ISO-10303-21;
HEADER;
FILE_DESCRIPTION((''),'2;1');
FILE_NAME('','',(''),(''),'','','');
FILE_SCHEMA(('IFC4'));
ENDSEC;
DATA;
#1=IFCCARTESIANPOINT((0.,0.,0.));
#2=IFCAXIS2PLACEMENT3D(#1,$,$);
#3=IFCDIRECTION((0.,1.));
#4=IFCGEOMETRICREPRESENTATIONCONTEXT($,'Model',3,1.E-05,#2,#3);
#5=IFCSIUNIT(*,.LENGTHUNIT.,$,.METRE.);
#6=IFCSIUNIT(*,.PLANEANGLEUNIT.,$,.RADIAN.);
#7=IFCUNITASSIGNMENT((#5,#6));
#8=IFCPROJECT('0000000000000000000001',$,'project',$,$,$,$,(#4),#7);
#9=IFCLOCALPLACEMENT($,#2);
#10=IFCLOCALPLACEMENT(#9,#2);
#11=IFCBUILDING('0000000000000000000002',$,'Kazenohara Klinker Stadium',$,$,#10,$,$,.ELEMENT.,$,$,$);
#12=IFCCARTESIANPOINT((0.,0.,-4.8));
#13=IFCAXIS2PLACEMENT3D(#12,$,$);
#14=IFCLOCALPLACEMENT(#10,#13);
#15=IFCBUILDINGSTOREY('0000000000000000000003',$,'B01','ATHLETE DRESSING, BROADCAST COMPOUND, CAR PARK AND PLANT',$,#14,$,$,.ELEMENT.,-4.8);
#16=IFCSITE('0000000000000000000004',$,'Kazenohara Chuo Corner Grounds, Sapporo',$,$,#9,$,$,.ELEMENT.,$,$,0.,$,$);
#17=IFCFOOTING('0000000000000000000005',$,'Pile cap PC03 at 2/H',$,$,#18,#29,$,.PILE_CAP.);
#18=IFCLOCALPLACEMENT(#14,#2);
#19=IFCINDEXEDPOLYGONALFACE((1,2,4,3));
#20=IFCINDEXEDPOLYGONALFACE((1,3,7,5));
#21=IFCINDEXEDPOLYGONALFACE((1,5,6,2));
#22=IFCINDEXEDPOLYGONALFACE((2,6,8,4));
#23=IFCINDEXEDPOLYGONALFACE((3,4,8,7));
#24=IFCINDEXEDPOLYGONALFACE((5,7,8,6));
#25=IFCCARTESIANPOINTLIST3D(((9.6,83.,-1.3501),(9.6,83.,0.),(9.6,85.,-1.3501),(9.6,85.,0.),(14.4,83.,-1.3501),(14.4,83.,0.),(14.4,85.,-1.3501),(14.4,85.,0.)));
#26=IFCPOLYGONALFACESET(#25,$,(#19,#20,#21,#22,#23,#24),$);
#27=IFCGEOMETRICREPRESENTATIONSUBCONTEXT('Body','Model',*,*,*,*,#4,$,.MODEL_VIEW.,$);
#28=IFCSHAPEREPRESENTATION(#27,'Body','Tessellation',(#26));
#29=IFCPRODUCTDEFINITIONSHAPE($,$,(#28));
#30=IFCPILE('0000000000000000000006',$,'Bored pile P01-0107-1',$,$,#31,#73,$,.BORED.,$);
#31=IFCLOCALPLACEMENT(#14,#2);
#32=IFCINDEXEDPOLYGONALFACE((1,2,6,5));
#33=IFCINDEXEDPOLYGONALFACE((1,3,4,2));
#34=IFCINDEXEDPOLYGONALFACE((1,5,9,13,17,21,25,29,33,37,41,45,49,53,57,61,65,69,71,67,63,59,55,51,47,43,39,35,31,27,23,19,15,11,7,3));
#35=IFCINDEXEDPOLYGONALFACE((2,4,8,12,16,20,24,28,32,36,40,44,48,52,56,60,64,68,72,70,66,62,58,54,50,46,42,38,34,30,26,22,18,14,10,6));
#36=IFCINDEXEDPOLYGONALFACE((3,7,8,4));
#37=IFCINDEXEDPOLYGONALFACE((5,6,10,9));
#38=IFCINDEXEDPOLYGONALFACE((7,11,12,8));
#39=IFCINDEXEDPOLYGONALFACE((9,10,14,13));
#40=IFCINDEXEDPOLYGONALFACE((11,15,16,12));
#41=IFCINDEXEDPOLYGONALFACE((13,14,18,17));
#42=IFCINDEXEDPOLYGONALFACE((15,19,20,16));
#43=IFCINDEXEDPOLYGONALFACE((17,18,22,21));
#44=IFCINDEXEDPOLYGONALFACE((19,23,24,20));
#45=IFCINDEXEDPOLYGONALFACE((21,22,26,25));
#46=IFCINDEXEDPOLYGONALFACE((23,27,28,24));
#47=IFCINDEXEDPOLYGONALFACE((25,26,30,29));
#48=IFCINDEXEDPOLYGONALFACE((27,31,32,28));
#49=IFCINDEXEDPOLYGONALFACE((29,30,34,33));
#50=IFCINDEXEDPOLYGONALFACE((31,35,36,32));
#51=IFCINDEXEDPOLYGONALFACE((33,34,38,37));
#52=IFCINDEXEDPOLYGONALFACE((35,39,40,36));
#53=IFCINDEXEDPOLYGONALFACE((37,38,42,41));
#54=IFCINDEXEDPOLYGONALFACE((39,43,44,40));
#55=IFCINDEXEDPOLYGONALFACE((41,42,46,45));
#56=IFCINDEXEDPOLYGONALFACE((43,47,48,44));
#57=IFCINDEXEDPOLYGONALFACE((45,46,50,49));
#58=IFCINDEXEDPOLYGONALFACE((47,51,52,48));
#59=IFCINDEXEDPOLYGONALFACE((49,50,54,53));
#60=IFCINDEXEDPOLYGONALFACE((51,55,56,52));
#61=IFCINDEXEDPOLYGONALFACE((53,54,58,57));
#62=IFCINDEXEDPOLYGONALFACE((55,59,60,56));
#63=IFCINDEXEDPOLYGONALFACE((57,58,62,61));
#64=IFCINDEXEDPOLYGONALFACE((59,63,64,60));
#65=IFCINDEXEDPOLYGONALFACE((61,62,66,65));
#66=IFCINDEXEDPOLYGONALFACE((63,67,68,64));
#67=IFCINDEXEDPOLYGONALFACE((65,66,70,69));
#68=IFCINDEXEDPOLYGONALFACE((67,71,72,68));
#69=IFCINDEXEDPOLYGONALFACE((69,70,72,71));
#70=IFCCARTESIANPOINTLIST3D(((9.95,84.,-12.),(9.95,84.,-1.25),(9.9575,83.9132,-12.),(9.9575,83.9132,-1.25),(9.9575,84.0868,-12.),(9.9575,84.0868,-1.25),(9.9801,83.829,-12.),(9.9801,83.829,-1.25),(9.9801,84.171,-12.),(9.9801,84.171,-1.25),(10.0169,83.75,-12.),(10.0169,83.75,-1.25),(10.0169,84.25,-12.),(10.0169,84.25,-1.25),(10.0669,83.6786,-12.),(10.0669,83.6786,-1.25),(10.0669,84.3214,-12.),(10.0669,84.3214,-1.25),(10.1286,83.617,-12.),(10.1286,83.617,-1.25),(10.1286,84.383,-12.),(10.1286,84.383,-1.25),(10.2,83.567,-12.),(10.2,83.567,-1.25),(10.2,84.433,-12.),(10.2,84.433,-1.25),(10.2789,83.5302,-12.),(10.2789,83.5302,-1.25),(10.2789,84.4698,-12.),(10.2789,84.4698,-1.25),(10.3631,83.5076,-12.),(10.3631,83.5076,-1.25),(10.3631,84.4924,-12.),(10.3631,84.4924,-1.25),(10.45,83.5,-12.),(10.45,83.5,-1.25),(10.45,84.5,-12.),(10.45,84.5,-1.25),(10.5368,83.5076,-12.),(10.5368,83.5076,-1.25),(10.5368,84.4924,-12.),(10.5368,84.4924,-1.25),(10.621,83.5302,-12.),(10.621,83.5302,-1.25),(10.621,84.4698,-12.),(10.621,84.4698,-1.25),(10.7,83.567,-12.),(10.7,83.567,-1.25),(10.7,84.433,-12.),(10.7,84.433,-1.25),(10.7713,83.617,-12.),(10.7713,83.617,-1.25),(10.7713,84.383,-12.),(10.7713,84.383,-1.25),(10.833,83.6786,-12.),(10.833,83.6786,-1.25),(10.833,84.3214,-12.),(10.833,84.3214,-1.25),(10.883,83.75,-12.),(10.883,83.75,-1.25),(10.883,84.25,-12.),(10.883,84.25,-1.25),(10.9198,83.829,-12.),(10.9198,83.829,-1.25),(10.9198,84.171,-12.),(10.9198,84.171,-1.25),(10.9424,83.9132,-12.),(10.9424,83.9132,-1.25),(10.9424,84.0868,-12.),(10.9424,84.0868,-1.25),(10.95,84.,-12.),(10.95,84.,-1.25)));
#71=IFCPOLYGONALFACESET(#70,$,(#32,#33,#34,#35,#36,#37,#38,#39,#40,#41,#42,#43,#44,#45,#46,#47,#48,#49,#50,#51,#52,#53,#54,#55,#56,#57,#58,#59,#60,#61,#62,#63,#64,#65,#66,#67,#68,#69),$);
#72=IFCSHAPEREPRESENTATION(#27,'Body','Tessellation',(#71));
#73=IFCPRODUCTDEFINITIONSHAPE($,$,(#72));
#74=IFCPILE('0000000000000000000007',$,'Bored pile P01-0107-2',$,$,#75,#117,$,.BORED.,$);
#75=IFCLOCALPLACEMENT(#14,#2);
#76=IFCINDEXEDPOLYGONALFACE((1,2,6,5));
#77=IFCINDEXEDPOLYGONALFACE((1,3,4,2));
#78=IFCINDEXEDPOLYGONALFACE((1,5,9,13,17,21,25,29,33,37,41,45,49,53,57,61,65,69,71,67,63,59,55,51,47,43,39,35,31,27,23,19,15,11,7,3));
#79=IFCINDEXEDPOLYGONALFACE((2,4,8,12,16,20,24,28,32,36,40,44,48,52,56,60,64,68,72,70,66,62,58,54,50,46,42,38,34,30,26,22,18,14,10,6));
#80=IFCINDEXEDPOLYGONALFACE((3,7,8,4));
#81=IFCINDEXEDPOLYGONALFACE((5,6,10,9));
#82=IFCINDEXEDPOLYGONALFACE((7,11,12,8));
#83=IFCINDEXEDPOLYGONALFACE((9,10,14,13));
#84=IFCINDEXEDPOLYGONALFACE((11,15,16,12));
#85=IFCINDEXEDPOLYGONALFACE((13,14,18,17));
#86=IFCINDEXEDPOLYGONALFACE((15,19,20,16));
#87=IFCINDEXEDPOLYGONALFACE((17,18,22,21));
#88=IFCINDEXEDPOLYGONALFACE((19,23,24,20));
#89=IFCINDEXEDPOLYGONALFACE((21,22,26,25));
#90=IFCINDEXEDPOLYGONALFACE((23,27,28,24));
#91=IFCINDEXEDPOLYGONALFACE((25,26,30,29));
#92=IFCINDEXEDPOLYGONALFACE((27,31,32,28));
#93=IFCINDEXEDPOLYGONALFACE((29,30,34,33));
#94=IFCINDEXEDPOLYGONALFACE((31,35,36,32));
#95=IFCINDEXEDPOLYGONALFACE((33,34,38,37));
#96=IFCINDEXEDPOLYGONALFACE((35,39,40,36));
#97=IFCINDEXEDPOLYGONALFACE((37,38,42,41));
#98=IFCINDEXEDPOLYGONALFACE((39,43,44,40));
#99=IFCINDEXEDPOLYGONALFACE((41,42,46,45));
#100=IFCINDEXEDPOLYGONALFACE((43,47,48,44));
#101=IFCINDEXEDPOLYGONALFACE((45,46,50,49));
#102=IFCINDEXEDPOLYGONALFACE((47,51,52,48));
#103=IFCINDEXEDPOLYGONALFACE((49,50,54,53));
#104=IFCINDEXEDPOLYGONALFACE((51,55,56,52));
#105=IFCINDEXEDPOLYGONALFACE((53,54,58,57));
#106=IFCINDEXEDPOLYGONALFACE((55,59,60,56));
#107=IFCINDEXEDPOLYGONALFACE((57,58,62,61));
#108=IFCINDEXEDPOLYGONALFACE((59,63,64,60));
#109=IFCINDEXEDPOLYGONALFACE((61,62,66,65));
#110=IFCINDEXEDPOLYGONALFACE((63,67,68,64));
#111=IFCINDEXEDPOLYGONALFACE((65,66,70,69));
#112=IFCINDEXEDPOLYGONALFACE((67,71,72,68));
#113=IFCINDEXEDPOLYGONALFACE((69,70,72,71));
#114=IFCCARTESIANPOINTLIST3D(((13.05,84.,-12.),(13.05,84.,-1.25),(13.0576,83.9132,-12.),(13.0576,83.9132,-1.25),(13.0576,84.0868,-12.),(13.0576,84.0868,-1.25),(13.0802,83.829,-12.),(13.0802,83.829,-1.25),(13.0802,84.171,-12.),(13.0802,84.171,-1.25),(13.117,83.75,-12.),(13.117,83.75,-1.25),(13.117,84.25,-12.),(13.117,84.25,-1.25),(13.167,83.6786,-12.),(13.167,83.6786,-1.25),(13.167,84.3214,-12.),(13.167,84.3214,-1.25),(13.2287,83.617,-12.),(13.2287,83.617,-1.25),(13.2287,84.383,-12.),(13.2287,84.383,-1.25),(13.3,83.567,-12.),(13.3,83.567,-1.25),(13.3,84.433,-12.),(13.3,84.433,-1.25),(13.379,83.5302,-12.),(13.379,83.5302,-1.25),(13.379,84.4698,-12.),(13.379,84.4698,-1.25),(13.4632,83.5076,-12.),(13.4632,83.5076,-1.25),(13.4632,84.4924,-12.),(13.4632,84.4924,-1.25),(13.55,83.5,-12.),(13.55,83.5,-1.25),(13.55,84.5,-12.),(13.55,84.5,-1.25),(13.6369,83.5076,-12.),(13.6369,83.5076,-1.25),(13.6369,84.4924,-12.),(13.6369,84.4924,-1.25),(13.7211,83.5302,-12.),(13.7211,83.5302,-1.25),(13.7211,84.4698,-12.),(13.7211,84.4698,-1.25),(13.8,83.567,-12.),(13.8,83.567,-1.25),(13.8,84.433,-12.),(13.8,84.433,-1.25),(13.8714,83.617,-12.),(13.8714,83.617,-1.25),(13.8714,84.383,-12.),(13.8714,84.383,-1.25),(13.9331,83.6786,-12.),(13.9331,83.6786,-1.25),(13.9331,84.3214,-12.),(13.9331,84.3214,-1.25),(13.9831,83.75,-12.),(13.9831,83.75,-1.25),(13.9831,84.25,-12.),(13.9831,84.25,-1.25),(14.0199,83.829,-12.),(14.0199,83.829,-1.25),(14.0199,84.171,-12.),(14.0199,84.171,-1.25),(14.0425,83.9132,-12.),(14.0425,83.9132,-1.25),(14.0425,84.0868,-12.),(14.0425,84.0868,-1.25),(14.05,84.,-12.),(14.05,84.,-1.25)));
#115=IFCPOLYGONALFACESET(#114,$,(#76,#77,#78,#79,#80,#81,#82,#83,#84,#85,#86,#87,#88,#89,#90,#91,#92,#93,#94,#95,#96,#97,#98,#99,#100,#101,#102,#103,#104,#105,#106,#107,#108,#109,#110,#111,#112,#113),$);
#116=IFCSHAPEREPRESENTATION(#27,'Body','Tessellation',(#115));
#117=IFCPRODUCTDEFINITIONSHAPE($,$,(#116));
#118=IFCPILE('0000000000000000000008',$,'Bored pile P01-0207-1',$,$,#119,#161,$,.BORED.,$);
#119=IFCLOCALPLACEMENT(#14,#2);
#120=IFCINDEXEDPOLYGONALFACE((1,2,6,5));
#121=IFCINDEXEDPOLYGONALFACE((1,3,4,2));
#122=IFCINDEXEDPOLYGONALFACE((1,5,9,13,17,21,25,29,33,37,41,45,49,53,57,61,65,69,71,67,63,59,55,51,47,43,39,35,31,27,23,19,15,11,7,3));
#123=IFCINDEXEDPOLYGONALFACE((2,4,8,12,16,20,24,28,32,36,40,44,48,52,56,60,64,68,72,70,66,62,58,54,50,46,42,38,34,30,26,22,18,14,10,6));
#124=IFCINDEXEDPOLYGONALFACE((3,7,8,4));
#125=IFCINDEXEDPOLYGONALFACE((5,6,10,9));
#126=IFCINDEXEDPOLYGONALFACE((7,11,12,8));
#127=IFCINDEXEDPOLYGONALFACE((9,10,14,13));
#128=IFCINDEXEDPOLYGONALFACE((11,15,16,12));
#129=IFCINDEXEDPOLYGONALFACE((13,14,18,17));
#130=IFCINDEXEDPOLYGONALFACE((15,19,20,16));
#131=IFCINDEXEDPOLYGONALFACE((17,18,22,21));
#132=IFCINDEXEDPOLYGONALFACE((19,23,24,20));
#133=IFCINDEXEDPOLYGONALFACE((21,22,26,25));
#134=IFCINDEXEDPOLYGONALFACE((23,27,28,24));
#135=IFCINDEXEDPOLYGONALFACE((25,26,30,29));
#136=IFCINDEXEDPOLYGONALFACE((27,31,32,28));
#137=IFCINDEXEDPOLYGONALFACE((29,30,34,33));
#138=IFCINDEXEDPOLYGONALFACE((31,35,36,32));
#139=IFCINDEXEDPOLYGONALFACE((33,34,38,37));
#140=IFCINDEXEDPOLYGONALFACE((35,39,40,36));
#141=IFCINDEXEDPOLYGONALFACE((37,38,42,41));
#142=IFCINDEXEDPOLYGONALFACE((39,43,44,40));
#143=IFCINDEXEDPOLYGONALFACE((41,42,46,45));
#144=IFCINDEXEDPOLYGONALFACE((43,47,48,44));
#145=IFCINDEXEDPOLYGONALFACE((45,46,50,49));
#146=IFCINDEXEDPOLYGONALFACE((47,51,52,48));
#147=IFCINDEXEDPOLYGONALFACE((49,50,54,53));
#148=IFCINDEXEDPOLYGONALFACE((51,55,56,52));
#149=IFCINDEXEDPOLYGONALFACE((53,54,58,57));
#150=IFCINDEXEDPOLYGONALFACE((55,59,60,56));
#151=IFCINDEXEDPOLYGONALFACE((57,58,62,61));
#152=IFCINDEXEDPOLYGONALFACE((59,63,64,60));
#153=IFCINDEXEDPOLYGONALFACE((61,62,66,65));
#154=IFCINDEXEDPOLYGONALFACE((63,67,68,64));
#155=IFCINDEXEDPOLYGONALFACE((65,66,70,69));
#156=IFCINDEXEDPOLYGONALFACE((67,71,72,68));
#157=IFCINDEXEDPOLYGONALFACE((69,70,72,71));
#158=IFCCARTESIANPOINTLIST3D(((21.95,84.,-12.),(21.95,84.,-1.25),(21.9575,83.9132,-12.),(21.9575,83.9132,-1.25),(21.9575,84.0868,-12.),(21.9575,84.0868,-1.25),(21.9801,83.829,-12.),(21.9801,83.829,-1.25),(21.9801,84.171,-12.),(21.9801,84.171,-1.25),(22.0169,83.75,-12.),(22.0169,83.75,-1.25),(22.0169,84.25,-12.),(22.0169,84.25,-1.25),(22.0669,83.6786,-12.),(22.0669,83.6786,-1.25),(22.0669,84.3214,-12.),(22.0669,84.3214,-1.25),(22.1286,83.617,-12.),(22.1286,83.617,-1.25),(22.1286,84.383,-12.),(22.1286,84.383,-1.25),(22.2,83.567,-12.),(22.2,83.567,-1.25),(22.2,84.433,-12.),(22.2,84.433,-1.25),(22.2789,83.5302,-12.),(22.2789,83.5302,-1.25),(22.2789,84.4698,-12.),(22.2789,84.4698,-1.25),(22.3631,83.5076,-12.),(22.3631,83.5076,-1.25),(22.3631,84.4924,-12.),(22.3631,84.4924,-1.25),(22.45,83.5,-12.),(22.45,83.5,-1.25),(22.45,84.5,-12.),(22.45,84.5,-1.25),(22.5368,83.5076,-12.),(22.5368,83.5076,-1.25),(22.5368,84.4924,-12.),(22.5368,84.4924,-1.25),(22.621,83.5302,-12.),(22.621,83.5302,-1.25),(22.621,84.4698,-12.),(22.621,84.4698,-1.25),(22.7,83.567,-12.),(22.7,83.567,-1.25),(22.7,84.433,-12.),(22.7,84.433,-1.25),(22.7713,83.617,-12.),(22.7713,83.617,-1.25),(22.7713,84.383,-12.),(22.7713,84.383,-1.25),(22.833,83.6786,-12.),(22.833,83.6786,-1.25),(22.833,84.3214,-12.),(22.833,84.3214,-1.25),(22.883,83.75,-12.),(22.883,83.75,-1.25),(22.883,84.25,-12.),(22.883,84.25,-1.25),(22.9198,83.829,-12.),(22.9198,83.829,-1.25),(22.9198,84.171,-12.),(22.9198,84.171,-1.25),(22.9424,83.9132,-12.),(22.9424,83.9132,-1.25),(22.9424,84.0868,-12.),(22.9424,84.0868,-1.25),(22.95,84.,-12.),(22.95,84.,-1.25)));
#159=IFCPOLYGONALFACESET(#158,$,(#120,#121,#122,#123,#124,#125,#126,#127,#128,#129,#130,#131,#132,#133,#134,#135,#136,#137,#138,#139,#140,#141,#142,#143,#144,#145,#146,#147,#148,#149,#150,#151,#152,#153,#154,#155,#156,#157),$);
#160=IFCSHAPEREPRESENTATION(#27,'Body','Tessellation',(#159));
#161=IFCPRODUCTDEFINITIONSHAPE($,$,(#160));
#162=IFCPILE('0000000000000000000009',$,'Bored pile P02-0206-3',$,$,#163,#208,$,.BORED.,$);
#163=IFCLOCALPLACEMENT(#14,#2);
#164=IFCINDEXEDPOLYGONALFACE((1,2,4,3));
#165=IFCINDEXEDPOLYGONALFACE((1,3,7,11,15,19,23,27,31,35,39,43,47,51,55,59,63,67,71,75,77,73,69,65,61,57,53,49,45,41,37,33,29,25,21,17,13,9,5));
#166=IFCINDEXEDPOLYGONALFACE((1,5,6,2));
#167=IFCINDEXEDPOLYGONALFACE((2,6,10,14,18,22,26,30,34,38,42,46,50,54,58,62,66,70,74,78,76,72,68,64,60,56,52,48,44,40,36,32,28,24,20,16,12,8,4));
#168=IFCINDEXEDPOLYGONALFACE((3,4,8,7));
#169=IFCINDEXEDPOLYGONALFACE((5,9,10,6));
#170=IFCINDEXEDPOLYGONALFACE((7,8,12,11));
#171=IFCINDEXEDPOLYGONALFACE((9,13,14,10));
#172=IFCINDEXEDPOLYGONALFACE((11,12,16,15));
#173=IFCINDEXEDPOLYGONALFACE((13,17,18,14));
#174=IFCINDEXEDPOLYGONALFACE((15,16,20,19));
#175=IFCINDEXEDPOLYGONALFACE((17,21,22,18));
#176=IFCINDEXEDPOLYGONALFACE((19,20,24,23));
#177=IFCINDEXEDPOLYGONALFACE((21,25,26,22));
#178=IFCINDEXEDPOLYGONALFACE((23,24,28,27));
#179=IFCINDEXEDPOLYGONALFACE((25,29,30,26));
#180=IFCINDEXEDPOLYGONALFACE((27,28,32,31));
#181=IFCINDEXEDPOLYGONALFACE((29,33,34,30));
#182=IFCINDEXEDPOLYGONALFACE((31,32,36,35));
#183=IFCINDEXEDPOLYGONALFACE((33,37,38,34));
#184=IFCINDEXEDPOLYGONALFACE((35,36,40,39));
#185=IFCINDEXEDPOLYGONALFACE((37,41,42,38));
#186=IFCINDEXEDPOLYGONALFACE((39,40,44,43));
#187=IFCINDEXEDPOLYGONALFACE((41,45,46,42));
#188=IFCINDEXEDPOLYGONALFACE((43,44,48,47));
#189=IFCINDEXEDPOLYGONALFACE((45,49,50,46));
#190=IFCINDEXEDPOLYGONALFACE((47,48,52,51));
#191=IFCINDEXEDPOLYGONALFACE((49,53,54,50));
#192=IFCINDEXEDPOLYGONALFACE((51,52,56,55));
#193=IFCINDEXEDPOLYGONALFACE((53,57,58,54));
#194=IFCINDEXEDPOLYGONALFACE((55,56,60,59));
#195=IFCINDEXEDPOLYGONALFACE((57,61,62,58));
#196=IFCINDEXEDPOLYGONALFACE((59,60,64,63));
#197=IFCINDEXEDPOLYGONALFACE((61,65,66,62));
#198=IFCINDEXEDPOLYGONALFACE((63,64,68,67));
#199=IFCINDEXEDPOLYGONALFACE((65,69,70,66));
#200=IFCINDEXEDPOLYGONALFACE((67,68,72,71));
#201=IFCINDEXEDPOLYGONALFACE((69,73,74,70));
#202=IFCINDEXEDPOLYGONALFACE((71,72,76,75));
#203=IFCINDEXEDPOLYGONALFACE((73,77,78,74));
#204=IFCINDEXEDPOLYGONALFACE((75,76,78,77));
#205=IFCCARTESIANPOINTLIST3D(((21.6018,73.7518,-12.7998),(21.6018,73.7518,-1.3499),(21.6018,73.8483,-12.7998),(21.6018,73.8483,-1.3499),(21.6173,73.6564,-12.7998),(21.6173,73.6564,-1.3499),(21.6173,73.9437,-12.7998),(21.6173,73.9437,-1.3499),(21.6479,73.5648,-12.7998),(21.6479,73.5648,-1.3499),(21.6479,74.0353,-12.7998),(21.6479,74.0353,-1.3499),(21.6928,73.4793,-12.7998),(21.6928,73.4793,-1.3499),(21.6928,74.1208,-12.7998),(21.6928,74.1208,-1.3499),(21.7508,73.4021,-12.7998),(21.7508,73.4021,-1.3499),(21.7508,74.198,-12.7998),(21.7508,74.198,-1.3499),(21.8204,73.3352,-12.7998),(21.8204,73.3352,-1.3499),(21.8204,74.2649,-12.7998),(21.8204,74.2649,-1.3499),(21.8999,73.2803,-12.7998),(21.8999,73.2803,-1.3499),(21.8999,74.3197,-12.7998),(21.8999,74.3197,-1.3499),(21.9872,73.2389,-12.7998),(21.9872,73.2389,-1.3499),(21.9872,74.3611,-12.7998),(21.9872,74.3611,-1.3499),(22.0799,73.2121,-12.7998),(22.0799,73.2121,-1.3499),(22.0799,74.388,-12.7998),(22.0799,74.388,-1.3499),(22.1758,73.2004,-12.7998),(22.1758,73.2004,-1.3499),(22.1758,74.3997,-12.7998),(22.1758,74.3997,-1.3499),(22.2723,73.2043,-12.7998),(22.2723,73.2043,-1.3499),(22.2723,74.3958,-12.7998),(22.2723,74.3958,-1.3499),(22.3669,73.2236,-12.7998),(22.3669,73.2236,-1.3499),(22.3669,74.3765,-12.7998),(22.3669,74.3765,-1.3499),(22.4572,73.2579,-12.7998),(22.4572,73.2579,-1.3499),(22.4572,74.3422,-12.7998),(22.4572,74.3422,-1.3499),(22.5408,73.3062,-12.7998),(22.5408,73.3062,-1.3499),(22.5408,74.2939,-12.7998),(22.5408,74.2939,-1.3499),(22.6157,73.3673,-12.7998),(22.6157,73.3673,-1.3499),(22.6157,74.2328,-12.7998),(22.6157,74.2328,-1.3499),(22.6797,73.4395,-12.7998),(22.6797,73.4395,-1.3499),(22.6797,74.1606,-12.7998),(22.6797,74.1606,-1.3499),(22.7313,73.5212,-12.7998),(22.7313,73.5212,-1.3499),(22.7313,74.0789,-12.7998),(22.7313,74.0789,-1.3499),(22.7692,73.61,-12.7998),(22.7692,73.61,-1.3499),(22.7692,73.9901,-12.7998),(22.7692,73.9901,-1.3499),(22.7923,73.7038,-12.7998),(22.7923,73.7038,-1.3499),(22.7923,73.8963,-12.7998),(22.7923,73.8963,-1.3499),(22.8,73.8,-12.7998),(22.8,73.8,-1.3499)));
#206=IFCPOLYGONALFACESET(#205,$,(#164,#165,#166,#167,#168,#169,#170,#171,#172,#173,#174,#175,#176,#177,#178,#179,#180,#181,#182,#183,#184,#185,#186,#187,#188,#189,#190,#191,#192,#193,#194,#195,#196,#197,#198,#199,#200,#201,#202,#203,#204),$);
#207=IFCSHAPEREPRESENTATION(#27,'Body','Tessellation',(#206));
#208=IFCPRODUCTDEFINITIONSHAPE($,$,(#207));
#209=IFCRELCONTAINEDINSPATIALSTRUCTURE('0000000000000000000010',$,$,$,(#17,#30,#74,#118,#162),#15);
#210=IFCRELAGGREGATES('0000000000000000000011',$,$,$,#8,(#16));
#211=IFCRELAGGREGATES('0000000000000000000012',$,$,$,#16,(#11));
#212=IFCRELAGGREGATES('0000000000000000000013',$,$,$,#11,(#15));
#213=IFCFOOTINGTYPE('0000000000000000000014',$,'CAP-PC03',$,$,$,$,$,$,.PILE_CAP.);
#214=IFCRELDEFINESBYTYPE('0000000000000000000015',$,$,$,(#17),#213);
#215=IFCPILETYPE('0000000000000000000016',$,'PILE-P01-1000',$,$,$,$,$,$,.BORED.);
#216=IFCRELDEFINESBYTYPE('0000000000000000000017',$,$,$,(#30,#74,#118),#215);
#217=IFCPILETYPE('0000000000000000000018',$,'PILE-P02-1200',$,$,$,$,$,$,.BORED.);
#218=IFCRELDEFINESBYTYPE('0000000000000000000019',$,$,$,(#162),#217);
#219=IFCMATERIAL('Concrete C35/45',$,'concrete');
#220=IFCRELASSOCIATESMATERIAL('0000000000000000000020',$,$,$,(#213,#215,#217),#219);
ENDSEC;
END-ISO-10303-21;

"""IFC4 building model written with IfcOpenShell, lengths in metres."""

from ifc_helpers import new_model, si_unit, direction, frame, origin, origin_2d, place, context, subcontext, project, spatial, rectangle, circle, extrude, material, material_profile, profile_set, type_object, element, save


model = new_model("IFC4")

# Units and contexts
model_context = context("Model", 3, precision=1e-05, world=origin(), true_north=direction((0.0, 1.0)))
body_context = subcontext(model_context, "Body", "Model", "MODEL_VIEW")
ifc_project = project(units=[si_unit("LENGTHUNIT", "METRE"), si_unit("PLANEANGLEUNIT", "RADIAN")], contexts=[model_context])

# Site, building, storey
site_placement = place(None, origin())
site = spatial("IfcSite", under=ifc_project, at=site_placement, Name="Kazenohara Chuo Corner Grounds, Sapporo", CompositionType="ELEMENT", RefElevation=0.0)
building_placement = place(site_placement, origin())
building = spatial("IfcBuilding", under=site, at=building_placement, Name="Kazenohara Klinker Stadium", CompositionType="ELEMENT")
storey_placement = place(building_placement, frame((0.0, 0.0, -4.8)))
storey = spatial("IfcBuildingStorey", under=building, at=storey_placement, Name="B01", Description="ATHLETE DRESSING, BROADCAST COMPOUND, CAR PARK AND PLANT", CompositionType="ELEMENT", Elevation=-4.8)

# Footing
ifc_material_1 = material(Name="Concrete C35/45", Category="concrete")
footing_type = type_object("IfcFootingType", Name="CAP-PC03", PredefinedType="PILE_CAP", material=ifc_material_1)
footing_placement = place(storey_placement, frame((12.0, 84.0, -1.3501), z_axis=(0.0, 0.0, 1.0), x_axis=(1.0, 0.0, 0.0)))
element("IfcFooting", 1, at=footing_placement, inside=storey, type_object=footing_type, Name="Pile cap PC03 at 2/H", PredefinedType="PILE_CAP", context=body_context, shape_type="SweptSolid", body=[
    extrude(rectangle(XDim=4.8, YDim=2.0, at=origin_2d()), origin(), (0.0, 0.0, 1.0), 1.3501),
])

# Piles
ifc_material_profile_1 = material_profile(ifc_material_1, circle(Radius=0.5, at=origin_2d()), Name="BORED-PILE-1000")
ifc_profile_set_1 = profile_set([ifc_material_profile_1], Name="Concrete C35/45")
pile_type_1 = type_object("IfcPileType", Name="PILE-P01-1000", PredefinedType="BORED", material=ifc_profile_set_1)
for number, where, z_axis, x_axis, name in (
    (2, (10.45, 84.0, -1.25), (0.0, 0.0, -1.0), (1.0, 0.0, 0.0), "Bored pile P01-0107-1"),
    (3, (13.55, 84.0, -1.25), (0.0, 0.0, -1.0), (1.0, 0.0, 0.0), "Bored pile P01-0107-2"),
    (4, (22.45, 84.0, -1.25), (0.0, 0.0, -1.0), (1.0, 0.0, 0.0), "Bored pile P01-0207-1"),
):
    element("IfcPile", number, at=place(storey_placement, frame(where, z_axis=z_axis, x_axis=x_axis)), inside=storey, type_object=pile_type_1, Name=name, PredefinedType="BORED", context=body_context, shape_type="SweptSolid", body=[
        extrude(circle(Radius=0.5, at=origin_2d()), origin(), (0.0, 0.0, 1.0), 10.75),
    ])
ifc_material_profile_2 = material_profile(ifc_material_1, circle(Radius=0.6001, at=origin_2d()), Name="BORED-PILE-1200")
ifc_profile_set_2 = profile_set([ifc_material_profile_2], Name="Concrete C35/45")
pile_type_2 = type_object("IfcPileType", Name="PILE-P02-1200", PredefinedType="BORED", material=ifc_profile_set_2)
pile_placement = place(storey_placement, frame((22.2, 73.8, -1.3499), z_axis=(0.0, 0.0, -1.0), x_axis=(1.0, 0.0, 0.0)))
element("IfcPile", 5, at=pile_placement, inside=storey, type_object=pile_type_2, Name="Bored pile P02-0206-3", PredefinedType="BORED", context=body_context, shape_type="SweptSolid", body=[
    extrude(circle(Radius=0.6001, at=origin_2d()), origin(), (0.0, 0.0, 1.0), 11.45),
])

save(model, "model.ifc")
